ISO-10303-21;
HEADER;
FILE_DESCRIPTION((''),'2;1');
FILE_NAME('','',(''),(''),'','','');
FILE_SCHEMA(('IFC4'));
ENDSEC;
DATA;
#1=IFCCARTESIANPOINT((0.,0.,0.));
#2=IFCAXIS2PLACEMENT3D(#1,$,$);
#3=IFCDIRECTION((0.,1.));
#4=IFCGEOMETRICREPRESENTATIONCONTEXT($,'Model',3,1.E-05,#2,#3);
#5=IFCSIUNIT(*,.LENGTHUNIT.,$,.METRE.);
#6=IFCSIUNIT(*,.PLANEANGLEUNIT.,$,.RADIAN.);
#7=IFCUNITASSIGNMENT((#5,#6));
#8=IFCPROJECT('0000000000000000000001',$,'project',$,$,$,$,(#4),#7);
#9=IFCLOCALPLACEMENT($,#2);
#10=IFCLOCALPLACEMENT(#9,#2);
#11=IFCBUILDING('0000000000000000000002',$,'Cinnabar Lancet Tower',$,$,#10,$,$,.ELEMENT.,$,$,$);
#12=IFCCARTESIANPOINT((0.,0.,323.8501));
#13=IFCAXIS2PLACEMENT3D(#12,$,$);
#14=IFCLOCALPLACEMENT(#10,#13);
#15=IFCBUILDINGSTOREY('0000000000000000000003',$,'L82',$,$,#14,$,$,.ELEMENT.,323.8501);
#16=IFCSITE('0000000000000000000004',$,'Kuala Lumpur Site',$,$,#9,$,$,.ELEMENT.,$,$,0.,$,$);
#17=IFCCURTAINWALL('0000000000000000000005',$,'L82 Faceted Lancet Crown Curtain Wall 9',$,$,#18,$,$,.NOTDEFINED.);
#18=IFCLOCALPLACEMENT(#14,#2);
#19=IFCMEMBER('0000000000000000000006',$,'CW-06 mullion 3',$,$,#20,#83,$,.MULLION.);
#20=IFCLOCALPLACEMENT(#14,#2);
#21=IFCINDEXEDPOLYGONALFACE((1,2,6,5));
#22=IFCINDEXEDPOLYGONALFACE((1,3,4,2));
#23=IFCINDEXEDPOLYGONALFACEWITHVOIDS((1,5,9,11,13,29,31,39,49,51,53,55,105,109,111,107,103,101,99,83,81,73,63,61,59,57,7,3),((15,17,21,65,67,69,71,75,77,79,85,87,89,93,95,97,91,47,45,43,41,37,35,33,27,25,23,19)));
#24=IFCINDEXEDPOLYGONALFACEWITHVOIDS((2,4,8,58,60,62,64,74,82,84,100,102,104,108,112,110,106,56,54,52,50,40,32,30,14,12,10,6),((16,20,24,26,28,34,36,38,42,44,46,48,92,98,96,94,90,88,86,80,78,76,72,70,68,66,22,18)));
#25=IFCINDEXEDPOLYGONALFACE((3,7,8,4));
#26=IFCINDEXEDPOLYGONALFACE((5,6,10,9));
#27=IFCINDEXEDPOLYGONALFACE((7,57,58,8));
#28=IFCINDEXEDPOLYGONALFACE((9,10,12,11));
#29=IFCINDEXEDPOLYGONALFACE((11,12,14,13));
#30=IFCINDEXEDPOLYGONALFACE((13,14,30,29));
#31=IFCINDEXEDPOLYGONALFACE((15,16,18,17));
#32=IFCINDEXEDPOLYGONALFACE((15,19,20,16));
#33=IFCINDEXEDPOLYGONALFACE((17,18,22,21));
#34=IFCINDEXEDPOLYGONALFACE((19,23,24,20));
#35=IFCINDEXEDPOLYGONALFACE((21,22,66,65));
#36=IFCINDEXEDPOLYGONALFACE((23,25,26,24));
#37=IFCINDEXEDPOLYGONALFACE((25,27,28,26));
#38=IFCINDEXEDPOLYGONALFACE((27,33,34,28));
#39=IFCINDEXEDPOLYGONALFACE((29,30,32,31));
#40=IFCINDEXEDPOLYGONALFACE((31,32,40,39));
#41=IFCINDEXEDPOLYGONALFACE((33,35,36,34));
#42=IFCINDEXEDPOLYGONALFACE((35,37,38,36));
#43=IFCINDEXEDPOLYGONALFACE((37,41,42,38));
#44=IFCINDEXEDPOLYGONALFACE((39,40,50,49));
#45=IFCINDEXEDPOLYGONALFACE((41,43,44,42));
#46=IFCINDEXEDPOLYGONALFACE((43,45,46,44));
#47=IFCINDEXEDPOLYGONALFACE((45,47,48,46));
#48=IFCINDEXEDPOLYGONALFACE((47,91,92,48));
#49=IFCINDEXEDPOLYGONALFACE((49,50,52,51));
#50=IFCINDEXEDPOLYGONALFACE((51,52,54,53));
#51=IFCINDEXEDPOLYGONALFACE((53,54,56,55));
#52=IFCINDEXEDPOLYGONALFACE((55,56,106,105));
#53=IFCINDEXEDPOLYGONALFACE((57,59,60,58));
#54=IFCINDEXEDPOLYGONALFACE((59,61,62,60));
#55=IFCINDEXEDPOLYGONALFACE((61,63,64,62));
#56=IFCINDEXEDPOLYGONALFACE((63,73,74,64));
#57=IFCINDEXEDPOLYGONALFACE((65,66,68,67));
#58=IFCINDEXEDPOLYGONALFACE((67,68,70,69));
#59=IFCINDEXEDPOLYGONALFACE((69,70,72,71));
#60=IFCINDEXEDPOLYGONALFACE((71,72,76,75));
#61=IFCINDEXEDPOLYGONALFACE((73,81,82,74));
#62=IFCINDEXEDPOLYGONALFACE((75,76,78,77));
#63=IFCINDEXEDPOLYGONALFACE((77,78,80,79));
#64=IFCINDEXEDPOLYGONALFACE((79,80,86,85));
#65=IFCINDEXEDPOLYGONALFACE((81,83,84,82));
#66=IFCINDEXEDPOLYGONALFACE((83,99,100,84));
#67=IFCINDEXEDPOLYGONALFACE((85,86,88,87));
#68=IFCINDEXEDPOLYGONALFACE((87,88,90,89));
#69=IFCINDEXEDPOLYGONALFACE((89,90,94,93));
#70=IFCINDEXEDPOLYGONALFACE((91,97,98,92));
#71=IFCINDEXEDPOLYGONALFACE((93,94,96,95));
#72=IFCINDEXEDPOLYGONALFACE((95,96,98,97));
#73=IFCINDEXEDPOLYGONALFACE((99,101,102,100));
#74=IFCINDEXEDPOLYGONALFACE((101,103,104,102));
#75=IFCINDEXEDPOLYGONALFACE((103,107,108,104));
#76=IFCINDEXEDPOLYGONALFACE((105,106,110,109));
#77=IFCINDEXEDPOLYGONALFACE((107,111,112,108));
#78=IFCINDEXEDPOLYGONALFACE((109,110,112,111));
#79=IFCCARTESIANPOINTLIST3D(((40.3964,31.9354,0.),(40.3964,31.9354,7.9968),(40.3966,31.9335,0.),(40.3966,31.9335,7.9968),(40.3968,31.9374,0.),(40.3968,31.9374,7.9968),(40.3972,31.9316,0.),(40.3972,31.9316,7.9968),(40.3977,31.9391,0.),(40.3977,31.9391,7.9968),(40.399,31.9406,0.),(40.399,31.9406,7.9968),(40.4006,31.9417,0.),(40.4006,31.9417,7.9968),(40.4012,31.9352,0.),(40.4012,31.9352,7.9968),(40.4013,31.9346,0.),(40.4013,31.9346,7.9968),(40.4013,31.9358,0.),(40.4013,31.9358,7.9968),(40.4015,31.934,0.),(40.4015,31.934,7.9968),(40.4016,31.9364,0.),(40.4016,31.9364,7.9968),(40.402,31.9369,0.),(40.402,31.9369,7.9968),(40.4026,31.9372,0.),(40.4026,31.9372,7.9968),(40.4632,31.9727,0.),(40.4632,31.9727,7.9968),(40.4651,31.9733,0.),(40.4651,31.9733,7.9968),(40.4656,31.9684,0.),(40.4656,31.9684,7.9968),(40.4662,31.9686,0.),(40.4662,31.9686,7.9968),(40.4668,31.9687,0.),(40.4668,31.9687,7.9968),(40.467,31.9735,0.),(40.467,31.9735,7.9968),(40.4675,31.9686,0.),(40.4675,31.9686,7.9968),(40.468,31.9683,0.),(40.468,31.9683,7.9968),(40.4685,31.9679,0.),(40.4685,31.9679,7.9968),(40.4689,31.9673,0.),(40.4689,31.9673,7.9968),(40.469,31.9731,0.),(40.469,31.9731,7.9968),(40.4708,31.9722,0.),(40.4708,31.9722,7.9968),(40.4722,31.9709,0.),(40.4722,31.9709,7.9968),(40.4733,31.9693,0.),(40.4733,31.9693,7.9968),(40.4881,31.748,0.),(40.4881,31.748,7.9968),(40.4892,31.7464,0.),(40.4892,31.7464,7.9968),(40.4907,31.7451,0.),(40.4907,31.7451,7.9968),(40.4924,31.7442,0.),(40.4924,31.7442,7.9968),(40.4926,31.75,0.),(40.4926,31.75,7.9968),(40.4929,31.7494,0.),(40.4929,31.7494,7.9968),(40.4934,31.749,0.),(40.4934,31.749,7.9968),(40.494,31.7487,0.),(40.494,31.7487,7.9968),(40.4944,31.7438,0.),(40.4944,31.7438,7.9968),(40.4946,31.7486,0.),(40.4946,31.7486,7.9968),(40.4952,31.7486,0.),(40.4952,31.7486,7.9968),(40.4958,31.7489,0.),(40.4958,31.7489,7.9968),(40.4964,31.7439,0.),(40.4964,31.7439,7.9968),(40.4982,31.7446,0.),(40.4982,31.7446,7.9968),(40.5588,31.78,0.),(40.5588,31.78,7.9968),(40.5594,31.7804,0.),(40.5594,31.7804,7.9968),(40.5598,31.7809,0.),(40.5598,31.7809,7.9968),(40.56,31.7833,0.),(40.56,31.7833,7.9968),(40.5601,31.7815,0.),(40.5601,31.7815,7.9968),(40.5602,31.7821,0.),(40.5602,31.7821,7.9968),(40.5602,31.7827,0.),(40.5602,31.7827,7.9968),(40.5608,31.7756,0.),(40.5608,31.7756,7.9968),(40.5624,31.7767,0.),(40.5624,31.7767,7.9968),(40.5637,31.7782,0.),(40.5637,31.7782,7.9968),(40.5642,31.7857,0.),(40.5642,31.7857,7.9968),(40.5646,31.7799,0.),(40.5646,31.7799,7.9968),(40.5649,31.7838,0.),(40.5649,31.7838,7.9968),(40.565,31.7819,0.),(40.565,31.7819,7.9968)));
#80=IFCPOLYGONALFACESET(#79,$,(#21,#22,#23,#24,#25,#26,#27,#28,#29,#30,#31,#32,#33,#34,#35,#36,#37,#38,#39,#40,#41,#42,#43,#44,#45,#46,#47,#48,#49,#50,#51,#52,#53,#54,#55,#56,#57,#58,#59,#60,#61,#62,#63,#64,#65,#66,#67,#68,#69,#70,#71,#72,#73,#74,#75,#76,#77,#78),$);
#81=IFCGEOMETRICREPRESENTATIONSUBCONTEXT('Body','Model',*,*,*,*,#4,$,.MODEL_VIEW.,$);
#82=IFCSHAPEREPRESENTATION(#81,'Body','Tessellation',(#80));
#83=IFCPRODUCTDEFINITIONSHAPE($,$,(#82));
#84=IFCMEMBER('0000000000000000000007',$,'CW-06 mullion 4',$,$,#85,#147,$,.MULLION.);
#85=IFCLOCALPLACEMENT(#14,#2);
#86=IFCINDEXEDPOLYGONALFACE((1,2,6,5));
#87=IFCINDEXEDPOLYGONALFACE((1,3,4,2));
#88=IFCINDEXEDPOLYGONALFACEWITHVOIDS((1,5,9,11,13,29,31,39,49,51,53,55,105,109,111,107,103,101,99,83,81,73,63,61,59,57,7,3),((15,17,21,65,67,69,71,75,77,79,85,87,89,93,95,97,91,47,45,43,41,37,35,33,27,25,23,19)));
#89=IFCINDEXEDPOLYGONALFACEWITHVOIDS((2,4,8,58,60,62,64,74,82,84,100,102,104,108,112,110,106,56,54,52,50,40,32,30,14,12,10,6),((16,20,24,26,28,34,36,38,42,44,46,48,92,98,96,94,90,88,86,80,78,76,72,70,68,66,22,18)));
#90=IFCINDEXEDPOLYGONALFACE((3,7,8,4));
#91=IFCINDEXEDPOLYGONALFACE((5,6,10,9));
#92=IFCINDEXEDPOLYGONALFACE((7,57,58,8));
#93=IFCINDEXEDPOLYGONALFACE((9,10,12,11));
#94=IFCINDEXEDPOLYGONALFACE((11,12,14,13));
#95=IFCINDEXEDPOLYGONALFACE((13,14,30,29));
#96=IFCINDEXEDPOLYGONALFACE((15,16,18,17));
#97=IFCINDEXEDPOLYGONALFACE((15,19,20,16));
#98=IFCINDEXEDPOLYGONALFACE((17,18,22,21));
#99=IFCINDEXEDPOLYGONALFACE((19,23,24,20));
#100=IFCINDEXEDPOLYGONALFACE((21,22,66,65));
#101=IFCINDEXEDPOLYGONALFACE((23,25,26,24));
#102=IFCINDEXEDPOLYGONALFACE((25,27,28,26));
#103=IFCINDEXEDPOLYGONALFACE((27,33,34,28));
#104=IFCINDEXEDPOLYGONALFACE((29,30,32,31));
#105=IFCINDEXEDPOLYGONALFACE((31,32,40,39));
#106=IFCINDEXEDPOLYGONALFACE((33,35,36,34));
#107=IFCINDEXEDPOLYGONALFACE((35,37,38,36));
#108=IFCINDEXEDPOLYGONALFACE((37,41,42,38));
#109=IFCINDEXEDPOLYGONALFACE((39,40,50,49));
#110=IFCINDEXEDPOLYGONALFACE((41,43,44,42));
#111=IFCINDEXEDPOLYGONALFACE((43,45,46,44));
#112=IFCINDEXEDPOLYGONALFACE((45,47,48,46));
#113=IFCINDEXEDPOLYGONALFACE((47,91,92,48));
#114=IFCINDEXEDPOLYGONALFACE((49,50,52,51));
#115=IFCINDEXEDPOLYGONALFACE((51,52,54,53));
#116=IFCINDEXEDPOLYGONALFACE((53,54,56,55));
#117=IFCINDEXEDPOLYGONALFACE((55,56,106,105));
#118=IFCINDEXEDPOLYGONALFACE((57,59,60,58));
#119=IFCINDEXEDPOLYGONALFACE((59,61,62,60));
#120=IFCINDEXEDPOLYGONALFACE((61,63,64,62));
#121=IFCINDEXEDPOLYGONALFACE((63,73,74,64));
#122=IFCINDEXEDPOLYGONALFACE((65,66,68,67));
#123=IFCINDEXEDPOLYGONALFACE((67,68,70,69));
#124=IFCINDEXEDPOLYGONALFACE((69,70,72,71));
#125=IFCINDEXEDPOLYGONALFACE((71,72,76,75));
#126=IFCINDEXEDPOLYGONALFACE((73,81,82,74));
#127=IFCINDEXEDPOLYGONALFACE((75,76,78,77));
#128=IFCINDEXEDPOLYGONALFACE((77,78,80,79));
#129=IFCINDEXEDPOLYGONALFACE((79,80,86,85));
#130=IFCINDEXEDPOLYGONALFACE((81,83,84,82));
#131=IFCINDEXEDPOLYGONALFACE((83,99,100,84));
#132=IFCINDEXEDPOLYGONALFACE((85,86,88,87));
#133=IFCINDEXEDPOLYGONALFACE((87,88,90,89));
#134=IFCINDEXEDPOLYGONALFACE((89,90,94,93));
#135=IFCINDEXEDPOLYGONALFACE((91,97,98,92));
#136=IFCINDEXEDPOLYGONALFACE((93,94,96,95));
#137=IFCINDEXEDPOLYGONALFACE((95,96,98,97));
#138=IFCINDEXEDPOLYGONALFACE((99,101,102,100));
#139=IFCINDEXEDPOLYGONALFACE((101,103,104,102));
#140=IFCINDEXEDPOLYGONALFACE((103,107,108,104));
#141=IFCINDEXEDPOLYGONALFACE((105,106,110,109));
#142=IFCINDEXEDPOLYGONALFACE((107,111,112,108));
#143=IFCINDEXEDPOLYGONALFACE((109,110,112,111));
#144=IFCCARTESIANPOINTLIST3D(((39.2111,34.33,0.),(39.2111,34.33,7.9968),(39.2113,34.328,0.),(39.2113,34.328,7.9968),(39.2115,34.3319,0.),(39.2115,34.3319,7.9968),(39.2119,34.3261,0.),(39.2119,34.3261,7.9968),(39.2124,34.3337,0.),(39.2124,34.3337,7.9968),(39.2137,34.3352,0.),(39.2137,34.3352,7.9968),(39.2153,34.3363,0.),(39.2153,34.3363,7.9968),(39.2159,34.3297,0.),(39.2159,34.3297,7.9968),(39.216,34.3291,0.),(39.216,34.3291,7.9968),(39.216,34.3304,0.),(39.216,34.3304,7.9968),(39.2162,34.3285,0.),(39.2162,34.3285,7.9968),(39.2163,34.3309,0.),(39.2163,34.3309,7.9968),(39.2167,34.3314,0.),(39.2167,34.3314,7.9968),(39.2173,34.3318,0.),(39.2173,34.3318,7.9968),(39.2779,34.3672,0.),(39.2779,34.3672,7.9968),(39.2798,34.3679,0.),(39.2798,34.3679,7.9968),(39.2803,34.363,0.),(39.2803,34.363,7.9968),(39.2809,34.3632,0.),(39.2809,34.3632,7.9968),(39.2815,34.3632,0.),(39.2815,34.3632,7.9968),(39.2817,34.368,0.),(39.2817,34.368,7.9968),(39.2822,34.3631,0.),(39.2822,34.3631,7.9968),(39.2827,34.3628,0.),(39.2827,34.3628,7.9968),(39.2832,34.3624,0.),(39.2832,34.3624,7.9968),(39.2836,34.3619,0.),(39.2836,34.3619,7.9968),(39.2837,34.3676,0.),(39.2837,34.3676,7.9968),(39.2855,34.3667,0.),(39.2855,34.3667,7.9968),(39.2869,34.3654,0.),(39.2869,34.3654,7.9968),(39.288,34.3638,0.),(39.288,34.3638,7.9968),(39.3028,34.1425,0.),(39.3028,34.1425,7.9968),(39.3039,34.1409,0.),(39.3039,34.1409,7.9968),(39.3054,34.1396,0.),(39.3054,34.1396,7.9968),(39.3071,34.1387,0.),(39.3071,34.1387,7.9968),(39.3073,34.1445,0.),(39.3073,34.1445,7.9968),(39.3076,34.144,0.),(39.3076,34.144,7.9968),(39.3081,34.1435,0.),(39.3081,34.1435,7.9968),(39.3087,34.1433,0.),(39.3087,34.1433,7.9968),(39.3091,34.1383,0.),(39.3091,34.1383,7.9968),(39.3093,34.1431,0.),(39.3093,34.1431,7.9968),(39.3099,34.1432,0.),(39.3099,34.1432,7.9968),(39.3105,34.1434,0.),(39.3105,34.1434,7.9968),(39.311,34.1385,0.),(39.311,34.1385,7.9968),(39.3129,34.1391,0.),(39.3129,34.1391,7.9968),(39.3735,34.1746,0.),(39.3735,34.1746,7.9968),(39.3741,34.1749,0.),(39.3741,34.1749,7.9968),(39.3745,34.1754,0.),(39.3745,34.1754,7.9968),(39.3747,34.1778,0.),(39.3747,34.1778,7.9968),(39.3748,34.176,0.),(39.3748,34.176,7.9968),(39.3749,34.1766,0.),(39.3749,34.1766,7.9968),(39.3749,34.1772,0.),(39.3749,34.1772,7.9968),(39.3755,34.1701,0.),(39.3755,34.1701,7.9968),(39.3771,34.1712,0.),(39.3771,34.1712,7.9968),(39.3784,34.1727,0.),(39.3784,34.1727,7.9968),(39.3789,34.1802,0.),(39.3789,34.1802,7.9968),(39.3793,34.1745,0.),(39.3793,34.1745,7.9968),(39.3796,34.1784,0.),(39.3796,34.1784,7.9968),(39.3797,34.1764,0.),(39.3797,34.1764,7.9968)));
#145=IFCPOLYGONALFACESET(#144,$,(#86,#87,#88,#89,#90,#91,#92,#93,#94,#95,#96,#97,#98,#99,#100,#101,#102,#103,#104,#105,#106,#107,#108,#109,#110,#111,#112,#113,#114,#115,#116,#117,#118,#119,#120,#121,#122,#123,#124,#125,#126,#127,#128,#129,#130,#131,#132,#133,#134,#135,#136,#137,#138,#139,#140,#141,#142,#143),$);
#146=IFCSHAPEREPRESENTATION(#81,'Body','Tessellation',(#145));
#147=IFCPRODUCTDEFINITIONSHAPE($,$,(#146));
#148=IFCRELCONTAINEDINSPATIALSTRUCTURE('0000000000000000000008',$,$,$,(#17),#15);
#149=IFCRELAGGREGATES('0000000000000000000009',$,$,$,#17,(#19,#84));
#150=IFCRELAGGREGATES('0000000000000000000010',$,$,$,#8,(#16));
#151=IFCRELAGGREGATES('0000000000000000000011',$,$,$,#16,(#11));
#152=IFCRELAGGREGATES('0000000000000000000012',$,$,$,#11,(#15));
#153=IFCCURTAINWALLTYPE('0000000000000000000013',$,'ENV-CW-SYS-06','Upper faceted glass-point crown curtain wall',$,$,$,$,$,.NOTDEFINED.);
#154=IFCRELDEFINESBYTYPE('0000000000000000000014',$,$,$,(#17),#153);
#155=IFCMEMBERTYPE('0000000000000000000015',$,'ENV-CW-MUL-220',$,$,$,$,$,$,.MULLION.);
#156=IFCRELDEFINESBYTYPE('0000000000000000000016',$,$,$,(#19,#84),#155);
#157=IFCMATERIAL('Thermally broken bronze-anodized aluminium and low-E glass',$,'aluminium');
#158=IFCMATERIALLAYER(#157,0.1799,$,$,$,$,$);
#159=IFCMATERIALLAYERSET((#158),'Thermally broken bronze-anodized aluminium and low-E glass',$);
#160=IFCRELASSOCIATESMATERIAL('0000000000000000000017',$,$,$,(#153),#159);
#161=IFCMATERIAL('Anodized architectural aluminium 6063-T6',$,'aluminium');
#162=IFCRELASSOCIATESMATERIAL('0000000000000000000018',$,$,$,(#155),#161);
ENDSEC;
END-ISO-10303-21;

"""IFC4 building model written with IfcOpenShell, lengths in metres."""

from ifc_helpers import new_model, si_unit, direction, frame, origin, origin_2d, place, context, subcontext, project, spatial, hollow_rectangle, extrude, material, layer, layer_set, material_profile, profile_set, type_object, element, aggregate, save


model = new_model("IFC4")

# Units and contexts
model_context = context("Model", 3, precision=1e-05, world=origin(), true_north=direction((0.0, 1.0)))
body_context = subcontext(model_context, "Body", "Model", "MODEL_VIEW")
ifc_project = project(units=[si_unit("LENGTHUNIT", "METRE"), si_unit("PLANEANGLEUNIT", "RADIAN")], contexts=[model_context])

# Site, building, storey
site_placement = place(None, origin())
site = spatial("IfcSite", under=ifc_project, at=site_placement, Name="Kuala Lumpur Site", CompositionType="ELEMENT", RefElevation=0.0)
building_placement = place(site_placement, origin())
building = spatial("IfcBuilding", under=site, at=building_placement, Name="Cinnabar Lancet Tower", CompositionType="ELEMENT")
storey_placement = place(building_placement, frame((0.0, 0.0, 323.8501)))
storey = spatial("IfcBuildingStorey", under=building, at=storey_placement, Name="L82", CompositionType="ELEMENT", Elevation=323.8501)

# Curtain wall, members
ifc_material_1 = material(Name="Thermally broken bronze-anodized aluminium and low-E glass", Category="aluminium")
ifc_layer_1 = layer(ifc_material_1, 0.1799)
ifc_layer_set_1 = layer_set([ifc_layer_1], Name="Thermally broken bronze-anodized aluminium and low-E glass")
curtain_wall_type = type_object("IfcCurtainWallType", Name="ENV-CW-SYS-06", Description="Upper faceted glass-point crown curtain wall", PredefinedType="NOTDEFINED", material=ifc_layer_set_1)
curtain_wall_1_placement = place(storey_placement, origin())
curtain_wall_1 = element("IfcCurtainWall", 1, at=curtain_wall_1_placement, inside=storey, type_object=curtain_wall_type, Name="L82 Faceted Lancet Crown Curtain Wall 9", PredefinedType="NOTDEFINED")
ifc_material_2 = material(Name="Anodized architectural aluminium 6063-T6", Category="aluminium")
ifc_material_profile_1 = material_profile(ifc_material_2, hollow_rectangle(XDim=0.085, YDim=0.22, WallThickness=0.0049, InnerFilletRadius=0.0024, OuterFilletRadius=0.0076, at=origin_2d()), Name="CW-MUL 220x85x5")
ifc_profile_set_1 = profile_set([ifc_material_profile_1], Name="Anodized architectural aluminium 6063-T6")
member_type_1 = type_object("IfcMemberType", Name="ENV-CW-MUL-220", PredefinedType="MULLION", material=ifc_profile_set_1)
member_1_placement = place(storey_placement, frame((40.4807, 31.8586, 0.0), z_axis=(0.0, 0.0, 1.0), x_axis=(-0.896197, -0.443657, 0.0)))
member_1 = element("IfcMember", 2, at=member_1_placement, type_object=member_type_1, Name="CW-06 mullion 3", PredefinedType="MULLION", context=body_context, shape_type="SweptSolid", body=[
    extrude(hollow_rectangle(XDim=0.085, YDim=0.22, WallThickness=0.0049, InnerFilletRadius=0.0024, OuterFilletRadius=0.0076, at=origin_2d()), origin(), (0.0, 0.0, 1.0), 7.9968),
])
member_2_placement = place(storey_placement, frame((39.2954, 34.2532, 0.0), z_axis=(0.0, 0.0, 1.0), x_axis=(-0.896197, -0.443657, 0.0)))
member_2 = element("IfcMember", 3, at=member_2_placement, type_object=member_type_1, Name="CW-06 mullion 4", PredefinedType="MULLION", context=body_context, shape_type="SweptSolid", body=[
    extrude(hollow_rectangle(XDim=0.085, YDim=0.22, WallThickness=0.0049, InnerFilletRadius=0.0024, OuterFilletRadius=0.0076, at=origin_2d()), origin(), (0.0, 0.0, 1.0), 7.9968),
])

aggregate(curtain_wall_1, [member_1, member_2])

save(model, "model.ifc")
